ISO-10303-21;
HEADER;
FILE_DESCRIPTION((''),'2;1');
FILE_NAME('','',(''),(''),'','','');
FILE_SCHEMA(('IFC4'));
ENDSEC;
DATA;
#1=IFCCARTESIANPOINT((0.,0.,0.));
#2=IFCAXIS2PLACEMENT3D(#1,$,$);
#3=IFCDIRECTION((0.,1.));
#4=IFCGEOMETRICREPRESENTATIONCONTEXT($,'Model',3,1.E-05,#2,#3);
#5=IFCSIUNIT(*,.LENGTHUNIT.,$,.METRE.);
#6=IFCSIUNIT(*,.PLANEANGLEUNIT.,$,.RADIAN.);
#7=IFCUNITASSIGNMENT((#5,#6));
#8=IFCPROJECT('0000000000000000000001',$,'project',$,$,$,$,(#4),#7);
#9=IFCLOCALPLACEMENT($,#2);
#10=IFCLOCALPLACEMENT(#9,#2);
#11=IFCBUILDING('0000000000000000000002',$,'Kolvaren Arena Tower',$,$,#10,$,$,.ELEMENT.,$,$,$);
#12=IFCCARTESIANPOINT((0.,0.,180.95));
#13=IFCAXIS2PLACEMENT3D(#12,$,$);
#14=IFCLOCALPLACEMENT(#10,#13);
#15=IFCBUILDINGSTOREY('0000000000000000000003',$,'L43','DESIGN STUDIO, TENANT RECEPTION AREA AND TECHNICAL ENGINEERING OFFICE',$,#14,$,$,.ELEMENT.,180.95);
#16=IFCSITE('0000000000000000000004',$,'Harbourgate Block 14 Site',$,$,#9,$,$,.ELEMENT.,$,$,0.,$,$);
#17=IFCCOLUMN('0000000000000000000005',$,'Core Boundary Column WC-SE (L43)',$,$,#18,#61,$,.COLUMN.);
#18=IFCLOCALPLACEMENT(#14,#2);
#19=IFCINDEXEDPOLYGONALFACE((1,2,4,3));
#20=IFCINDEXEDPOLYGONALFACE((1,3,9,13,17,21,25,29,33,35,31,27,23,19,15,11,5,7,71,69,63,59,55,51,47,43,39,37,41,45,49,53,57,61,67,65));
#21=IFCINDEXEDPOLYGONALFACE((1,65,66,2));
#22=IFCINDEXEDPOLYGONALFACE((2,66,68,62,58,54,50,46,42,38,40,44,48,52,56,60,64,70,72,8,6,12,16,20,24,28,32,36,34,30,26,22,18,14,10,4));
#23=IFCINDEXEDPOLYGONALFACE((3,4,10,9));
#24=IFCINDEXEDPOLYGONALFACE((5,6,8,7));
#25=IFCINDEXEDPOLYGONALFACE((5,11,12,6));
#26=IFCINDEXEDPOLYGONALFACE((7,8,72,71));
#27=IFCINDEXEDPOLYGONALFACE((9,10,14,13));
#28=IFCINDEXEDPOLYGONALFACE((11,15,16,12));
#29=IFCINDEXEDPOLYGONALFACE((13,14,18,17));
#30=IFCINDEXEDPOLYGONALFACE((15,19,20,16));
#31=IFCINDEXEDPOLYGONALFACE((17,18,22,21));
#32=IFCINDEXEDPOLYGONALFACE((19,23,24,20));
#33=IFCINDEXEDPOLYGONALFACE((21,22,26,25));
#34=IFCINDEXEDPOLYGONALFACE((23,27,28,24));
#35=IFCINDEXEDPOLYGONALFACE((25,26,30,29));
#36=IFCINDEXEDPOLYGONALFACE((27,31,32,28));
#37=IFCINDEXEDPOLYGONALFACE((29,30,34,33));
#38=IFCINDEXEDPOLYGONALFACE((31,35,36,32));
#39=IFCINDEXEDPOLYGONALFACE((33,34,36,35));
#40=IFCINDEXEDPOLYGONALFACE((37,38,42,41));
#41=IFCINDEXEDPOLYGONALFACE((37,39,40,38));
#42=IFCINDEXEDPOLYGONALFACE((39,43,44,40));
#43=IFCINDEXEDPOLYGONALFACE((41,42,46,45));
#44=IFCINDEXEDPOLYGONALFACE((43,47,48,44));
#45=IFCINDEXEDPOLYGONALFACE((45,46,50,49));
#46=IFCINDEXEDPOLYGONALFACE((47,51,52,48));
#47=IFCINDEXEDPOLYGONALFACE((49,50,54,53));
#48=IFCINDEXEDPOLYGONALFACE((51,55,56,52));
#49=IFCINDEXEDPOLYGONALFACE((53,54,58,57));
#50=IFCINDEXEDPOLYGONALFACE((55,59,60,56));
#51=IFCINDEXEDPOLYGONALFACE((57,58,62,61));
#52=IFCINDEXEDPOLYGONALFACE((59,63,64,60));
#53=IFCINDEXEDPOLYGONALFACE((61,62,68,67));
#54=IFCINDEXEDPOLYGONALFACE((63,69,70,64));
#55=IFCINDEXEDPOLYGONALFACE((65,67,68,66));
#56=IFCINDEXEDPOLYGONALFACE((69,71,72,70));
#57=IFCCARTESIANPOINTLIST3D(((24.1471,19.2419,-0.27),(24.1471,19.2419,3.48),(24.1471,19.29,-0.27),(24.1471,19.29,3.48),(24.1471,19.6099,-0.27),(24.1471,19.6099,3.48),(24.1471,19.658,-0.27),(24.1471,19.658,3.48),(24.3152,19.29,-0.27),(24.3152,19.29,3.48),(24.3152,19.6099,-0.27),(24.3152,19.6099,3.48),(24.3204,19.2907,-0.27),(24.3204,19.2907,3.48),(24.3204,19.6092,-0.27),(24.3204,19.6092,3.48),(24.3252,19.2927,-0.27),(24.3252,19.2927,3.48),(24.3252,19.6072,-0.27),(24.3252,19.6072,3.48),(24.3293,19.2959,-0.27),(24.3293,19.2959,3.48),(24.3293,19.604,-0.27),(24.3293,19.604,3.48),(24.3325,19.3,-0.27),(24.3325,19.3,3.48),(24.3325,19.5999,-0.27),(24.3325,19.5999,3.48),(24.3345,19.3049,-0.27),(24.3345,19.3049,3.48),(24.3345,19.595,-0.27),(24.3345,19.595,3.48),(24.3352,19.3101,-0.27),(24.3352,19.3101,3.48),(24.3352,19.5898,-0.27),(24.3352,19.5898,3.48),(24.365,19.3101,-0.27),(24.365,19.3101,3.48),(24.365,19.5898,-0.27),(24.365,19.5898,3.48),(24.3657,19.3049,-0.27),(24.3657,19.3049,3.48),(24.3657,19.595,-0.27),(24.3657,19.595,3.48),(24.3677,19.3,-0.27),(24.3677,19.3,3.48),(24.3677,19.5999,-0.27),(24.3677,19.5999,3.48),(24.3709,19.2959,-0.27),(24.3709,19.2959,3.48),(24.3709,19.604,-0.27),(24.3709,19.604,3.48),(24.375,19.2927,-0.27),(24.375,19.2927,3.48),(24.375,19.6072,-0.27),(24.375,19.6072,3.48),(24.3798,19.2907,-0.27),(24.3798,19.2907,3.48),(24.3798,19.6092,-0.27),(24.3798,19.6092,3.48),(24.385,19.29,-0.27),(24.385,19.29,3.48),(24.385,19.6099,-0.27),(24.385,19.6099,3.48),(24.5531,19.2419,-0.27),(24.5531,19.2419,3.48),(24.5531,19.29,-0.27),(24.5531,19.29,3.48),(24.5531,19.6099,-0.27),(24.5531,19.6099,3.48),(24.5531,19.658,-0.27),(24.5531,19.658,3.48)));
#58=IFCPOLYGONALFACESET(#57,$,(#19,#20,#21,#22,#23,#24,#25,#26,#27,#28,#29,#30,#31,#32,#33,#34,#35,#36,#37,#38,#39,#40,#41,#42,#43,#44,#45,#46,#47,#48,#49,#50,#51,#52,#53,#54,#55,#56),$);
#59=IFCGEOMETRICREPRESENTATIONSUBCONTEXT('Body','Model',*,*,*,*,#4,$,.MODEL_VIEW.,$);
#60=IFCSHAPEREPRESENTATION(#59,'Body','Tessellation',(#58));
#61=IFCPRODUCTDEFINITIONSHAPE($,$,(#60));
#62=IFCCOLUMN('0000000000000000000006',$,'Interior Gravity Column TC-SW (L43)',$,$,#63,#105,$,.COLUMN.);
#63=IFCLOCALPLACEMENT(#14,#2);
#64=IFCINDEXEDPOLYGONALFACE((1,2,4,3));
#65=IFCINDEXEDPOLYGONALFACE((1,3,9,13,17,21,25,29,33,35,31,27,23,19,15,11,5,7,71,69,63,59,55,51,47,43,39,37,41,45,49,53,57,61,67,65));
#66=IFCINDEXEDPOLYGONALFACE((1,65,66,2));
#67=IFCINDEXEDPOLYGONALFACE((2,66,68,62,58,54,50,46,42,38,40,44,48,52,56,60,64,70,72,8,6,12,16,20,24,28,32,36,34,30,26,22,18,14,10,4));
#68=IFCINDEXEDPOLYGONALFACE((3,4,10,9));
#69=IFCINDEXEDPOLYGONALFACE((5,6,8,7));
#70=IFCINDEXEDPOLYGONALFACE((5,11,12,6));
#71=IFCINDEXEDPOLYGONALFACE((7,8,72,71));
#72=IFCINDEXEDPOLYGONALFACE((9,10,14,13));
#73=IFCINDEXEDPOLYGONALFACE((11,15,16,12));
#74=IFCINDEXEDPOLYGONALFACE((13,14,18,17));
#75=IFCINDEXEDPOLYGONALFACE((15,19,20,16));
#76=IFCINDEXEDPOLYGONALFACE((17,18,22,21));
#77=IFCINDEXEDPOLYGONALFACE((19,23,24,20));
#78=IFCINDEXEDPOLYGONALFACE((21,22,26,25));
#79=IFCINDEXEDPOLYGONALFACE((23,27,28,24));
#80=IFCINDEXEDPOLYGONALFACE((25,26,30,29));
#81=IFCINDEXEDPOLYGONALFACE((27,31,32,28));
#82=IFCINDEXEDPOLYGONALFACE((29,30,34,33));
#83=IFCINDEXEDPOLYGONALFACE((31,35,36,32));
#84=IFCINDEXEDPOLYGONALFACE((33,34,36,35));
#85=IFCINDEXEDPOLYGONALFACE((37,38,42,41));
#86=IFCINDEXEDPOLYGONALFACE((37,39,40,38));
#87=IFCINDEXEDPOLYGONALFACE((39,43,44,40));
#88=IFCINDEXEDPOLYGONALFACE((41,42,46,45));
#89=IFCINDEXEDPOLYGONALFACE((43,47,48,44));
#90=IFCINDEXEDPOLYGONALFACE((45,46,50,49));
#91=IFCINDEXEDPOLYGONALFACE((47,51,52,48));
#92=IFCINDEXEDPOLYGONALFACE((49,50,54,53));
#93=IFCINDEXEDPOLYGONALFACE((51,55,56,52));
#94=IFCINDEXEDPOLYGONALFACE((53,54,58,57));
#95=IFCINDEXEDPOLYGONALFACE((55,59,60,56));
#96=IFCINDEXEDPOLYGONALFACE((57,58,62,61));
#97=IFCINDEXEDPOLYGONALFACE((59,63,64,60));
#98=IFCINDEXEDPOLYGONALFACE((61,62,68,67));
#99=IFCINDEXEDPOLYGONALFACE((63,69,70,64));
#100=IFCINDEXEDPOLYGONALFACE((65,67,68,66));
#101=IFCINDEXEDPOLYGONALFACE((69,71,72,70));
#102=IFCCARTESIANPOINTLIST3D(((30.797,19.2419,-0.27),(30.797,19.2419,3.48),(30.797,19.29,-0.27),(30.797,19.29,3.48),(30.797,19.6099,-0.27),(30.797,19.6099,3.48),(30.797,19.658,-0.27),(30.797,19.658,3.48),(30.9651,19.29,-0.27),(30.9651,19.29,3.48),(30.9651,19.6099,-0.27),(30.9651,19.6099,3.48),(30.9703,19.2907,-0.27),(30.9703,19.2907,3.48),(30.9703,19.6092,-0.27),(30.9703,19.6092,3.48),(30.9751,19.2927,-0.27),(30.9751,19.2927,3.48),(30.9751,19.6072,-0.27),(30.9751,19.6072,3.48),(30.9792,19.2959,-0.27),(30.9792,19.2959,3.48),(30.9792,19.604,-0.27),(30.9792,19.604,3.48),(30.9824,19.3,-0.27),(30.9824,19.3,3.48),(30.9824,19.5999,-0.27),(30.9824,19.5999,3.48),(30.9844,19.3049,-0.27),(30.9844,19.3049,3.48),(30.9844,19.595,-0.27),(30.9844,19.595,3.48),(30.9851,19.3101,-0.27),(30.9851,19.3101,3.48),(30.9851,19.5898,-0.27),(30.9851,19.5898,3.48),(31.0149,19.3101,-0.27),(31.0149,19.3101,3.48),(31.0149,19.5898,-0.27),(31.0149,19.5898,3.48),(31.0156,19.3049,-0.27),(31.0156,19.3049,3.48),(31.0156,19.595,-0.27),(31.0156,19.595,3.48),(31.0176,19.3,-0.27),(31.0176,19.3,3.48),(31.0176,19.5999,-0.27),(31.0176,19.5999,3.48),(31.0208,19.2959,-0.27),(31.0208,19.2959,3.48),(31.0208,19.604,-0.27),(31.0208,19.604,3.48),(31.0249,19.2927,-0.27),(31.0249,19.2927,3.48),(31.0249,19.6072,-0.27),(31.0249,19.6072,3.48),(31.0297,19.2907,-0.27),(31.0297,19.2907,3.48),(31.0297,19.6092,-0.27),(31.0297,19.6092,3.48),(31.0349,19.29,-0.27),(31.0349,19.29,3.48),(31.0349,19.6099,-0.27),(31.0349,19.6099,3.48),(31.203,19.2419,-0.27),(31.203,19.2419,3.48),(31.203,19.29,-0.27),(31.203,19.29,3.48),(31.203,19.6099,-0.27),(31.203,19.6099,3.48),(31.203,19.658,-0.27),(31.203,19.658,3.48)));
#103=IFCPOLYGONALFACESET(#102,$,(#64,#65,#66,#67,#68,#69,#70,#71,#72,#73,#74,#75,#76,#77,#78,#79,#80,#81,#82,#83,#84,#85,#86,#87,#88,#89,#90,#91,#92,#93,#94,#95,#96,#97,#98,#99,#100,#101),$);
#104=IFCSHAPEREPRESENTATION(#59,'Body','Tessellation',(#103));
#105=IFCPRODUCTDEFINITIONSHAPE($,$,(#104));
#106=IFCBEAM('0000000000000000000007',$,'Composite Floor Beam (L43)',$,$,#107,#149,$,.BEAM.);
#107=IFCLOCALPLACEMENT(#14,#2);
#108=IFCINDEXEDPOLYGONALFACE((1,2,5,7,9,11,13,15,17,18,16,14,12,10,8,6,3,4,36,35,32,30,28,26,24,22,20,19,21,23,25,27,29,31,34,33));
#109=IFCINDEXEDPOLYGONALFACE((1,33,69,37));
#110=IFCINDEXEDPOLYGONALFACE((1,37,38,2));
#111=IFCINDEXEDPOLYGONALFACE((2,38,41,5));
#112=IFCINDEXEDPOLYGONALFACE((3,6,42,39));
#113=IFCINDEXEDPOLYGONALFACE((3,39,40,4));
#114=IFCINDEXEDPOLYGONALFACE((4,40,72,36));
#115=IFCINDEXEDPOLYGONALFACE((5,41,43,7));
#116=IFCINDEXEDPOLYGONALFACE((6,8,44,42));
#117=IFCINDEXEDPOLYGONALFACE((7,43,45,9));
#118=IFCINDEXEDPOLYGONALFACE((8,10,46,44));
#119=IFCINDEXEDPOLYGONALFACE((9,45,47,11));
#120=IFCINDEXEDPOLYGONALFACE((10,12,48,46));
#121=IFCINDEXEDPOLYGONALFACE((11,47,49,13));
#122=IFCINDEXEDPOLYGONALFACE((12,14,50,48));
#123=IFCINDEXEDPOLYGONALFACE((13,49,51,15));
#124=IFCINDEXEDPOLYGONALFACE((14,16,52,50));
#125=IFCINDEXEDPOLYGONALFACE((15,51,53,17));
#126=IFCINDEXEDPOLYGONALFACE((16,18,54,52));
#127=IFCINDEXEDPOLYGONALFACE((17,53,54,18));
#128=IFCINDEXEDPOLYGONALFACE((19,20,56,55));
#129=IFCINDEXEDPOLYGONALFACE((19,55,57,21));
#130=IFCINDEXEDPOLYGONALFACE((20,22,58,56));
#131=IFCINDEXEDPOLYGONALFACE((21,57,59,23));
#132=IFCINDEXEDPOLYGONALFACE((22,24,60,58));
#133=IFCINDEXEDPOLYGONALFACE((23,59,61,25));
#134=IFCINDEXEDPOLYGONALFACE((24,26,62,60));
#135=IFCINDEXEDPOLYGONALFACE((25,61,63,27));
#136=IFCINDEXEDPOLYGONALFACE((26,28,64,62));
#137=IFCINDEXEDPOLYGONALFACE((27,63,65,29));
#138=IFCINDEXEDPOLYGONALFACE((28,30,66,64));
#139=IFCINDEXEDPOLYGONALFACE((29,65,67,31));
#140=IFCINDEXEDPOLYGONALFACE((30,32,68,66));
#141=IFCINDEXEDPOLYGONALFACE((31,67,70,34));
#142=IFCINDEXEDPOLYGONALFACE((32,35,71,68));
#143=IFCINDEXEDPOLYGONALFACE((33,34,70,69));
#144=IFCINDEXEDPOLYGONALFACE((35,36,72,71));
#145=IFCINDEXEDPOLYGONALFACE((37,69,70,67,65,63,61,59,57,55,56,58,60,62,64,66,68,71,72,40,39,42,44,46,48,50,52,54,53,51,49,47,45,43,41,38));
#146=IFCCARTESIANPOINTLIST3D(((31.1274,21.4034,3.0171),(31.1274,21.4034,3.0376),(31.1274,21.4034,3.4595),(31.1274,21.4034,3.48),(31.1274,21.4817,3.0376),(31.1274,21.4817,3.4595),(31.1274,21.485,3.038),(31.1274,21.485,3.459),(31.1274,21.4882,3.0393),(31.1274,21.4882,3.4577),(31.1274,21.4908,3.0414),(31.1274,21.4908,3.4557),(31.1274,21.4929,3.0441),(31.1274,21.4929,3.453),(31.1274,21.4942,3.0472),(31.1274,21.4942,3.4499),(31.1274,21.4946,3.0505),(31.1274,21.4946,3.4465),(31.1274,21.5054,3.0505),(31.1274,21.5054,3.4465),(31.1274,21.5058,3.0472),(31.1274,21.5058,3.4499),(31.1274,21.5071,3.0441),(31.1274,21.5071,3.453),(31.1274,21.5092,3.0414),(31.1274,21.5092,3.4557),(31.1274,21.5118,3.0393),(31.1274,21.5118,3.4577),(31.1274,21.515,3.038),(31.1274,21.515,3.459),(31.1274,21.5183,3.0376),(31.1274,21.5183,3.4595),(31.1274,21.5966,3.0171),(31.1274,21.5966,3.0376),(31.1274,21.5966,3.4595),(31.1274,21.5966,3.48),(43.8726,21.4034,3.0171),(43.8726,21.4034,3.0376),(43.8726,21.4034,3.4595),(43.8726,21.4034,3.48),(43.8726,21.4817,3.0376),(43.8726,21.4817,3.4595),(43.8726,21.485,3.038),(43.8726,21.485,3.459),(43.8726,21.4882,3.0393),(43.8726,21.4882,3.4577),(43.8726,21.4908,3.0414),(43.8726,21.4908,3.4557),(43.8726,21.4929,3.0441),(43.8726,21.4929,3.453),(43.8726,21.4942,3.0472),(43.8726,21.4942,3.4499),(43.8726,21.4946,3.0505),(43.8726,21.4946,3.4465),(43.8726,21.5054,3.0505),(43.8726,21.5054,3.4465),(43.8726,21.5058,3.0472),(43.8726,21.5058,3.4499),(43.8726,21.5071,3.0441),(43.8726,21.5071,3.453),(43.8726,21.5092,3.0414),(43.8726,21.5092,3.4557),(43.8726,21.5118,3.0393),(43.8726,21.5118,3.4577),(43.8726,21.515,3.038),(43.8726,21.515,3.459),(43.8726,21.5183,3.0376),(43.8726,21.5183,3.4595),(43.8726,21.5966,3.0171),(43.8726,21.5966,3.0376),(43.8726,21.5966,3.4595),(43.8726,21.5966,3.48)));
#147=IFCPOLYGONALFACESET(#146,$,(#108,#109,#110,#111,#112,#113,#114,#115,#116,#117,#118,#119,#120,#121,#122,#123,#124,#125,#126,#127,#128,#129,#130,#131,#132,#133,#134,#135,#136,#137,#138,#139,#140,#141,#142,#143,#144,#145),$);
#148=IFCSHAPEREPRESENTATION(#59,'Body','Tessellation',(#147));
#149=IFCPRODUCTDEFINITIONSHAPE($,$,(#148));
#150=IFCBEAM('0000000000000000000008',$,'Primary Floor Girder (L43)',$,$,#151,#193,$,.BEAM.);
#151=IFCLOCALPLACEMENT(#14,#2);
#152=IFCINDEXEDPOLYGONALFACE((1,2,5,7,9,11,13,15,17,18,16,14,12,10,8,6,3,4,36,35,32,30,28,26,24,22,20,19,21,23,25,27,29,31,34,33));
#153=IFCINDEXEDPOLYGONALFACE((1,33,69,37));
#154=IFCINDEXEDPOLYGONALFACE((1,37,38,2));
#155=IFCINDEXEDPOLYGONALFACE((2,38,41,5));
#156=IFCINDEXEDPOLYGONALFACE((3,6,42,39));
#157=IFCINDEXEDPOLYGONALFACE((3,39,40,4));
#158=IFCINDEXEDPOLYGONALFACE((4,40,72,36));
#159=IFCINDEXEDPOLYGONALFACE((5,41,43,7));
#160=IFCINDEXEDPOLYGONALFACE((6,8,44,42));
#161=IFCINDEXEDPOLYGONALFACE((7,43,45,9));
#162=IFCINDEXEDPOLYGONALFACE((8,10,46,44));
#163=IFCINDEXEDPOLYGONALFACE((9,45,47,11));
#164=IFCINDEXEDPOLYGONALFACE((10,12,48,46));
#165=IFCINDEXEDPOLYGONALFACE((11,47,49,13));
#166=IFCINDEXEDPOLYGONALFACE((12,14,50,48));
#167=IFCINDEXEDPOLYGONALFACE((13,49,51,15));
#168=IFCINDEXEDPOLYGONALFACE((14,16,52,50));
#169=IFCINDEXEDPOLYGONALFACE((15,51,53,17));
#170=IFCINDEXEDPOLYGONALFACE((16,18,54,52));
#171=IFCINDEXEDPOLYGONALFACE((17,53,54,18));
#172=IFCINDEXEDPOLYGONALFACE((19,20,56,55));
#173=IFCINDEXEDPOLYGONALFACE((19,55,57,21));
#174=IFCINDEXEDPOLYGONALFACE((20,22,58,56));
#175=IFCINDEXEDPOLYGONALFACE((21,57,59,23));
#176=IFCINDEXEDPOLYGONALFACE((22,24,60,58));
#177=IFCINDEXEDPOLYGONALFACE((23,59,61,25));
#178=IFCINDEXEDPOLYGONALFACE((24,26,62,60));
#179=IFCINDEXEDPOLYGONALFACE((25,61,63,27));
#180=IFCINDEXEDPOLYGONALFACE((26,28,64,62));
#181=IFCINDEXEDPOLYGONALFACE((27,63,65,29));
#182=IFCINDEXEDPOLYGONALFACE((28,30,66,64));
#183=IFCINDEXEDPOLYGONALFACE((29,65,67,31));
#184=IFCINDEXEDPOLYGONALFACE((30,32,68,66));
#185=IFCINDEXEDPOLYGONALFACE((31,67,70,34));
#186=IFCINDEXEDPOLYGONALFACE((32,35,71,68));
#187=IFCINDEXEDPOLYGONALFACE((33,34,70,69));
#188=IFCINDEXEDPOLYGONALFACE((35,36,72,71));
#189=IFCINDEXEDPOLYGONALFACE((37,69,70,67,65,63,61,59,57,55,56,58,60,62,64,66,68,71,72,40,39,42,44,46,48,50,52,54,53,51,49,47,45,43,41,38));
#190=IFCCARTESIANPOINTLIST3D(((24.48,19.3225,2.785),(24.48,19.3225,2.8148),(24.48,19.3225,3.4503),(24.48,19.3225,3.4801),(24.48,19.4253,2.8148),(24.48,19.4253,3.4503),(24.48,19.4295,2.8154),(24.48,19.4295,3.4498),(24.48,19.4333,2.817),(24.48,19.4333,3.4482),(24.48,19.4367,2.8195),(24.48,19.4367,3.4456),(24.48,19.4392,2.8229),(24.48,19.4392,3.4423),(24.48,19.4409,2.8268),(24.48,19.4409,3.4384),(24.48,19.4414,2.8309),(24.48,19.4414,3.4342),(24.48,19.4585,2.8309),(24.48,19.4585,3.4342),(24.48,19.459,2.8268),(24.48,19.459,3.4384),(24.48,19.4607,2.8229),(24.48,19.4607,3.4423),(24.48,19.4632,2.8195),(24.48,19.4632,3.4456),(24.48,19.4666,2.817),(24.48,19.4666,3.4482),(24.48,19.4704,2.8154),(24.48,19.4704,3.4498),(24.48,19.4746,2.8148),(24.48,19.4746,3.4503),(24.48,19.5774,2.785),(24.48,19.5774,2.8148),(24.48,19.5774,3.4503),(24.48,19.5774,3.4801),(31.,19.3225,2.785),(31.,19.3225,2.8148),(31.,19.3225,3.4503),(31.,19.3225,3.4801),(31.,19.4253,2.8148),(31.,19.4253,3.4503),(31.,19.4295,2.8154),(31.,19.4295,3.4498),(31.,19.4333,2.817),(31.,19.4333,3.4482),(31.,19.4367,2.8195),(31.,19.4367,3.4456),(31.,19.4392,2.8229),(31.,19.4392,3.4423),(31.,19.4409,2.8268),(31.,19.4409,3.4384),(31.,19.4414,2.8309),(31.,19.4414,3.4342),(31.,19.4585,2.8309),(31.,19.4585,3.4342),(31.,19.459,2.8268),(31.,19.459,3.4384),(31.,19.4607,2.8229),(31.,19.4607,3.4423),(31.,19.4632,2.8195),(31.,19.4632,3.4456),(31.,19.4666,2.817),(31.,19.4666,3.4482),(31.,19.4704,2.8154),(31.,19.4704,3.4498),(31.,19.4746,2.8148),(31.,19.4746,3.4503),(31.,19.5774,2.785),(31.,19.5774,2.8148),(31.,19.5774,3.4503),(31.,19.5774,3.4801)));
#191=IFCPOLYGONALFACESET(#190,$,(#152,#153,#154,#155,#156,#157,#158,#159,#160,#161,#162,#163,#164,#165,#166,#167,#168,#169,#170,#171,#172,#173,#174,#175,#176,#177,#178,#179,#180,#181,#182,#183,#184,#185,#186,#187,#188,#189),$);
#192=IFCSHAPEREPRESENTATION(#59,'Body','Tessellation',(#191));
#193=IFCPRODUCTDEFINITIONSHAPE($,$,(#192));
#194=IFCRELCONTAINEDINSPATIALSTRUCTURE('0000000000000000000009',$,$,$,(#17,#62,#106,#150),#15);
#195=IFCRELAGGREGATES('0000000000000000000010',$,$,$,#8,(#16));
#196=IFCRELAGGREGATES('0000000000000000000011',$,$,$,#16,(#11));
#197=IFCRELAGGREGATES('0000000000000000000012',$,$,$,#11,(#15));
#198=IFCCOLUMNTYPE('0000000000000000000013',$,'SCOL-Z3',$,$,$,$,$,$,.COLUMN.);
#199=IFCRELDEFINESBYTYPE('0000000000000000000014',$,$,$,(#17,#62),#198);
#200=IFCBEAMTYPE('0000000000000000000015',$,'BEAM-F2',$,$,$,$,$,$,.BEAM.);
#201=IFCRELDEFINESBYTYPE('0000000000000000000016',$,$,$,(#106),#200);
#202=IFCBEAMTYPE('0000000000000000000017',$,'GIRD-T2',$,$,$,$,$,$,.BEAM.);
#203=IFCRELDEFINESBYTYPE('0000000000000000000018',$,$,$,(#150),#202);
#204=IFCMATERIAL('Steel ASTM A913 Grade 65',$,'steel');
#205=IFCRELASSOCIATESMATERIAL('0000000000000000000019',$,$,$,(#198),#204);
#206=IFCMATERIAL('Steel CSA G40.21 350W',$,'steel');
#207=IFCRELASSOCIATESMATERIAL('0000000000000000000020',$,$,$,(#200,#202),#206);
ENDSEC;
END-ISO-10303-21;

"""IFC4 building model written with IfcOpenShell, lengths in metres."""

from ifc_helpers import new_model, si_unit, direction, frame, origin, origin_2d, place, context, subcontext, project, spatial, i_section, extrude, material, material_profile, profile_set, type_object, element, save


model = new_model("IFC4")

# Units and contexts
model_context = context("Model", 3, precision=1e-05, world=origin(), true_north=direction((0.0, 1.0)))
body_context = subcontext(model_context, "Body", "Model", "MODEL_VIEW")
ifc_project = project(units=[si_unit("LENGTHUNIT", "METRE"), si_unit("PLANEANGLEUNIT", "RADIAN")], contexts=[model_context])

# Site, building, storey
site_placement = place(None, origin())
site = spatial("IfcSite", under=ifc_project, at=site_placement, Name="Harbourgate Block 14 Site", CompositionType="ELEMENT", RefElevation=0.0)
building_placement = place(site_placement, origin())
building = spatial("IfcBuilding", under=site, at=building_placement, Name="Kolvaren Arena Tower", CompositionType="ELEMENT")
storey_placement = place(building_placement, frame((0.0, 0.0, 180.95)))
storey = spatial("IfcBuildingStorey", under=building, at=storey_placement, Name="L43", Description="DESIGN STUDIO, TENANT RECEPTION AREA AND TECHNICAL ENGINEERING OFFICE", CompositionType="ELEMENT", Elevation=180.95)

# Columns
ifc_material_1 = material(Name="Steel ASTM A913 Grade 65", Category="steel")
ifc_material_profile_1 = material_profile(ifc_material_1, i_section(OverallWidth=0.406, OverallDepth=0.416, WebThickness=0.0298, FlangeThickness=0.0481, FilletRadius=0.02, at=origin_2d()), Name="W360x382")
ifc_profile_set_1 = profile_set([ifc_material_profile_1], Name="Steel ASTM A913 Grade 65")
column_type = type_object("IfcColumnType", Name="SCOL-Z3", PredefinedType="COLUMN", material=ifc_profile_set_1)
for number, where, z_axis, x_axis, name in (
    (1, (24.3501, 19.45, -0.27), (0.0, 0.0, 1.0), (1.0, 0.0, 0.0), "Core Boundary Column WC-SE (L43)"),
    (2, (31.0, 19.45, -0.27), (0.0, 0.0, 1.0), (1.0, 0.0, 0.0), "Interior Gravity Column TC-SW (L43)"),
):
    element("IfcColumn", number, at=place(storey_placement, frame(where, z_axis=z_axis, x_axis=x_axis)), inside=storey, type_object=column_type, Name=name, PredefinedType="COLUMN", context=body_context, shape_type="SweptSolid", body=[
        extrude(i_section(OverallWidth=0.406, OverallDepth=0.416, WebThickness=0.0298, FlangeThickness=0.0481, FilletRadius=0.02, at=origin_2d()), origin(), (0.0, 0.0, 1.0), 3.75),
    ])

# Beams
ifc_material_2 = material(Name="Steel CSA G40.21 350W", Category="steel")
ifc_material_profile_2 = material_profile(ifc_material_2, i_section(OverallWidth=0.1931, OverallDepth=0.4629, WebThickness=0.0107, FlangeThickness=0.0205, FilletRadius=0.0129, at=origin_2d()), Name="W460x113")
ifc_profile_set_2 = profile_set([ifc_material_profile_2], Name="Steel CSA G40.21 350W")
beam_type_1 = type_object("IfcBeamType", Name="BEAM-F2", PredefinedType="BEAM", material=ifc_profile_set_2)
beam_1_placement = place(storey_placement, frame((31.1274, 21.5, 3.2485), z_axis=(1.0, 0.0, 0.0), x_axis=(0.0, 1.0, 0.0)))
element("IfcBeam", 3, at=beam_1_placement, inside=storey, type_object=beam_type_1, Name="Composite Floor Beam (L43)", PredefinedType="BEAM", context=body_context, shape_type="SweptSolid", body=[
    extrude(i_section(OverallWidth=0.1931, OverallDepth=0.4629, WebThickness=0.0107, FlangeThickness=0.0205, FilletRadius=0.0129, at=origin_2d()), origin(), (0.0, 0.0, 1.0), 12.7451),
])
ifc_material_profile_3 = material_profile(ifc_material_2, i_section(OverallWidth=0.2549, OverallDepth=0.6951, WebThickness=0.0171, FlangeThickness=0.0298, FilletRadius=0.0161, at=origin_2d()), Name="W690x217")
ifc_profile_set_3 = profile_set([ifc_material_profile_3], Name="Steel CSA G40.21 350W")
beam_type_2 = type_object("IfcBeamType", Name="GIRD-T2", PredefinedType="BEAM", material=ifc_profile_set_3)
beam_2_placement = place(storey_placement, frame((24.48, 19.45, 3.1326), z_axis=(1.0, 0.0, 0.0), x_axis=(0.0, 1.0, 0.0)))
element("IfcBeam", 4, at=beam_2_placement, inside=storey, type_object=beam_type_2, Name="Primary Floor Girder (L43)", PredefinedType="BEAM", context=body_context, shape_type="SweptSolid", body=[
    extrude(i_section(OverallWidth=0.2549, OverallDepth=0.6951, WebThickness=0.0171, FlangeThickness=0.0298, FilletRadius=0.0161, at=origin_2d()), origin(), (0.0, 0.0, 1.0), 6.52),
])

save(model, "model.ifc")
